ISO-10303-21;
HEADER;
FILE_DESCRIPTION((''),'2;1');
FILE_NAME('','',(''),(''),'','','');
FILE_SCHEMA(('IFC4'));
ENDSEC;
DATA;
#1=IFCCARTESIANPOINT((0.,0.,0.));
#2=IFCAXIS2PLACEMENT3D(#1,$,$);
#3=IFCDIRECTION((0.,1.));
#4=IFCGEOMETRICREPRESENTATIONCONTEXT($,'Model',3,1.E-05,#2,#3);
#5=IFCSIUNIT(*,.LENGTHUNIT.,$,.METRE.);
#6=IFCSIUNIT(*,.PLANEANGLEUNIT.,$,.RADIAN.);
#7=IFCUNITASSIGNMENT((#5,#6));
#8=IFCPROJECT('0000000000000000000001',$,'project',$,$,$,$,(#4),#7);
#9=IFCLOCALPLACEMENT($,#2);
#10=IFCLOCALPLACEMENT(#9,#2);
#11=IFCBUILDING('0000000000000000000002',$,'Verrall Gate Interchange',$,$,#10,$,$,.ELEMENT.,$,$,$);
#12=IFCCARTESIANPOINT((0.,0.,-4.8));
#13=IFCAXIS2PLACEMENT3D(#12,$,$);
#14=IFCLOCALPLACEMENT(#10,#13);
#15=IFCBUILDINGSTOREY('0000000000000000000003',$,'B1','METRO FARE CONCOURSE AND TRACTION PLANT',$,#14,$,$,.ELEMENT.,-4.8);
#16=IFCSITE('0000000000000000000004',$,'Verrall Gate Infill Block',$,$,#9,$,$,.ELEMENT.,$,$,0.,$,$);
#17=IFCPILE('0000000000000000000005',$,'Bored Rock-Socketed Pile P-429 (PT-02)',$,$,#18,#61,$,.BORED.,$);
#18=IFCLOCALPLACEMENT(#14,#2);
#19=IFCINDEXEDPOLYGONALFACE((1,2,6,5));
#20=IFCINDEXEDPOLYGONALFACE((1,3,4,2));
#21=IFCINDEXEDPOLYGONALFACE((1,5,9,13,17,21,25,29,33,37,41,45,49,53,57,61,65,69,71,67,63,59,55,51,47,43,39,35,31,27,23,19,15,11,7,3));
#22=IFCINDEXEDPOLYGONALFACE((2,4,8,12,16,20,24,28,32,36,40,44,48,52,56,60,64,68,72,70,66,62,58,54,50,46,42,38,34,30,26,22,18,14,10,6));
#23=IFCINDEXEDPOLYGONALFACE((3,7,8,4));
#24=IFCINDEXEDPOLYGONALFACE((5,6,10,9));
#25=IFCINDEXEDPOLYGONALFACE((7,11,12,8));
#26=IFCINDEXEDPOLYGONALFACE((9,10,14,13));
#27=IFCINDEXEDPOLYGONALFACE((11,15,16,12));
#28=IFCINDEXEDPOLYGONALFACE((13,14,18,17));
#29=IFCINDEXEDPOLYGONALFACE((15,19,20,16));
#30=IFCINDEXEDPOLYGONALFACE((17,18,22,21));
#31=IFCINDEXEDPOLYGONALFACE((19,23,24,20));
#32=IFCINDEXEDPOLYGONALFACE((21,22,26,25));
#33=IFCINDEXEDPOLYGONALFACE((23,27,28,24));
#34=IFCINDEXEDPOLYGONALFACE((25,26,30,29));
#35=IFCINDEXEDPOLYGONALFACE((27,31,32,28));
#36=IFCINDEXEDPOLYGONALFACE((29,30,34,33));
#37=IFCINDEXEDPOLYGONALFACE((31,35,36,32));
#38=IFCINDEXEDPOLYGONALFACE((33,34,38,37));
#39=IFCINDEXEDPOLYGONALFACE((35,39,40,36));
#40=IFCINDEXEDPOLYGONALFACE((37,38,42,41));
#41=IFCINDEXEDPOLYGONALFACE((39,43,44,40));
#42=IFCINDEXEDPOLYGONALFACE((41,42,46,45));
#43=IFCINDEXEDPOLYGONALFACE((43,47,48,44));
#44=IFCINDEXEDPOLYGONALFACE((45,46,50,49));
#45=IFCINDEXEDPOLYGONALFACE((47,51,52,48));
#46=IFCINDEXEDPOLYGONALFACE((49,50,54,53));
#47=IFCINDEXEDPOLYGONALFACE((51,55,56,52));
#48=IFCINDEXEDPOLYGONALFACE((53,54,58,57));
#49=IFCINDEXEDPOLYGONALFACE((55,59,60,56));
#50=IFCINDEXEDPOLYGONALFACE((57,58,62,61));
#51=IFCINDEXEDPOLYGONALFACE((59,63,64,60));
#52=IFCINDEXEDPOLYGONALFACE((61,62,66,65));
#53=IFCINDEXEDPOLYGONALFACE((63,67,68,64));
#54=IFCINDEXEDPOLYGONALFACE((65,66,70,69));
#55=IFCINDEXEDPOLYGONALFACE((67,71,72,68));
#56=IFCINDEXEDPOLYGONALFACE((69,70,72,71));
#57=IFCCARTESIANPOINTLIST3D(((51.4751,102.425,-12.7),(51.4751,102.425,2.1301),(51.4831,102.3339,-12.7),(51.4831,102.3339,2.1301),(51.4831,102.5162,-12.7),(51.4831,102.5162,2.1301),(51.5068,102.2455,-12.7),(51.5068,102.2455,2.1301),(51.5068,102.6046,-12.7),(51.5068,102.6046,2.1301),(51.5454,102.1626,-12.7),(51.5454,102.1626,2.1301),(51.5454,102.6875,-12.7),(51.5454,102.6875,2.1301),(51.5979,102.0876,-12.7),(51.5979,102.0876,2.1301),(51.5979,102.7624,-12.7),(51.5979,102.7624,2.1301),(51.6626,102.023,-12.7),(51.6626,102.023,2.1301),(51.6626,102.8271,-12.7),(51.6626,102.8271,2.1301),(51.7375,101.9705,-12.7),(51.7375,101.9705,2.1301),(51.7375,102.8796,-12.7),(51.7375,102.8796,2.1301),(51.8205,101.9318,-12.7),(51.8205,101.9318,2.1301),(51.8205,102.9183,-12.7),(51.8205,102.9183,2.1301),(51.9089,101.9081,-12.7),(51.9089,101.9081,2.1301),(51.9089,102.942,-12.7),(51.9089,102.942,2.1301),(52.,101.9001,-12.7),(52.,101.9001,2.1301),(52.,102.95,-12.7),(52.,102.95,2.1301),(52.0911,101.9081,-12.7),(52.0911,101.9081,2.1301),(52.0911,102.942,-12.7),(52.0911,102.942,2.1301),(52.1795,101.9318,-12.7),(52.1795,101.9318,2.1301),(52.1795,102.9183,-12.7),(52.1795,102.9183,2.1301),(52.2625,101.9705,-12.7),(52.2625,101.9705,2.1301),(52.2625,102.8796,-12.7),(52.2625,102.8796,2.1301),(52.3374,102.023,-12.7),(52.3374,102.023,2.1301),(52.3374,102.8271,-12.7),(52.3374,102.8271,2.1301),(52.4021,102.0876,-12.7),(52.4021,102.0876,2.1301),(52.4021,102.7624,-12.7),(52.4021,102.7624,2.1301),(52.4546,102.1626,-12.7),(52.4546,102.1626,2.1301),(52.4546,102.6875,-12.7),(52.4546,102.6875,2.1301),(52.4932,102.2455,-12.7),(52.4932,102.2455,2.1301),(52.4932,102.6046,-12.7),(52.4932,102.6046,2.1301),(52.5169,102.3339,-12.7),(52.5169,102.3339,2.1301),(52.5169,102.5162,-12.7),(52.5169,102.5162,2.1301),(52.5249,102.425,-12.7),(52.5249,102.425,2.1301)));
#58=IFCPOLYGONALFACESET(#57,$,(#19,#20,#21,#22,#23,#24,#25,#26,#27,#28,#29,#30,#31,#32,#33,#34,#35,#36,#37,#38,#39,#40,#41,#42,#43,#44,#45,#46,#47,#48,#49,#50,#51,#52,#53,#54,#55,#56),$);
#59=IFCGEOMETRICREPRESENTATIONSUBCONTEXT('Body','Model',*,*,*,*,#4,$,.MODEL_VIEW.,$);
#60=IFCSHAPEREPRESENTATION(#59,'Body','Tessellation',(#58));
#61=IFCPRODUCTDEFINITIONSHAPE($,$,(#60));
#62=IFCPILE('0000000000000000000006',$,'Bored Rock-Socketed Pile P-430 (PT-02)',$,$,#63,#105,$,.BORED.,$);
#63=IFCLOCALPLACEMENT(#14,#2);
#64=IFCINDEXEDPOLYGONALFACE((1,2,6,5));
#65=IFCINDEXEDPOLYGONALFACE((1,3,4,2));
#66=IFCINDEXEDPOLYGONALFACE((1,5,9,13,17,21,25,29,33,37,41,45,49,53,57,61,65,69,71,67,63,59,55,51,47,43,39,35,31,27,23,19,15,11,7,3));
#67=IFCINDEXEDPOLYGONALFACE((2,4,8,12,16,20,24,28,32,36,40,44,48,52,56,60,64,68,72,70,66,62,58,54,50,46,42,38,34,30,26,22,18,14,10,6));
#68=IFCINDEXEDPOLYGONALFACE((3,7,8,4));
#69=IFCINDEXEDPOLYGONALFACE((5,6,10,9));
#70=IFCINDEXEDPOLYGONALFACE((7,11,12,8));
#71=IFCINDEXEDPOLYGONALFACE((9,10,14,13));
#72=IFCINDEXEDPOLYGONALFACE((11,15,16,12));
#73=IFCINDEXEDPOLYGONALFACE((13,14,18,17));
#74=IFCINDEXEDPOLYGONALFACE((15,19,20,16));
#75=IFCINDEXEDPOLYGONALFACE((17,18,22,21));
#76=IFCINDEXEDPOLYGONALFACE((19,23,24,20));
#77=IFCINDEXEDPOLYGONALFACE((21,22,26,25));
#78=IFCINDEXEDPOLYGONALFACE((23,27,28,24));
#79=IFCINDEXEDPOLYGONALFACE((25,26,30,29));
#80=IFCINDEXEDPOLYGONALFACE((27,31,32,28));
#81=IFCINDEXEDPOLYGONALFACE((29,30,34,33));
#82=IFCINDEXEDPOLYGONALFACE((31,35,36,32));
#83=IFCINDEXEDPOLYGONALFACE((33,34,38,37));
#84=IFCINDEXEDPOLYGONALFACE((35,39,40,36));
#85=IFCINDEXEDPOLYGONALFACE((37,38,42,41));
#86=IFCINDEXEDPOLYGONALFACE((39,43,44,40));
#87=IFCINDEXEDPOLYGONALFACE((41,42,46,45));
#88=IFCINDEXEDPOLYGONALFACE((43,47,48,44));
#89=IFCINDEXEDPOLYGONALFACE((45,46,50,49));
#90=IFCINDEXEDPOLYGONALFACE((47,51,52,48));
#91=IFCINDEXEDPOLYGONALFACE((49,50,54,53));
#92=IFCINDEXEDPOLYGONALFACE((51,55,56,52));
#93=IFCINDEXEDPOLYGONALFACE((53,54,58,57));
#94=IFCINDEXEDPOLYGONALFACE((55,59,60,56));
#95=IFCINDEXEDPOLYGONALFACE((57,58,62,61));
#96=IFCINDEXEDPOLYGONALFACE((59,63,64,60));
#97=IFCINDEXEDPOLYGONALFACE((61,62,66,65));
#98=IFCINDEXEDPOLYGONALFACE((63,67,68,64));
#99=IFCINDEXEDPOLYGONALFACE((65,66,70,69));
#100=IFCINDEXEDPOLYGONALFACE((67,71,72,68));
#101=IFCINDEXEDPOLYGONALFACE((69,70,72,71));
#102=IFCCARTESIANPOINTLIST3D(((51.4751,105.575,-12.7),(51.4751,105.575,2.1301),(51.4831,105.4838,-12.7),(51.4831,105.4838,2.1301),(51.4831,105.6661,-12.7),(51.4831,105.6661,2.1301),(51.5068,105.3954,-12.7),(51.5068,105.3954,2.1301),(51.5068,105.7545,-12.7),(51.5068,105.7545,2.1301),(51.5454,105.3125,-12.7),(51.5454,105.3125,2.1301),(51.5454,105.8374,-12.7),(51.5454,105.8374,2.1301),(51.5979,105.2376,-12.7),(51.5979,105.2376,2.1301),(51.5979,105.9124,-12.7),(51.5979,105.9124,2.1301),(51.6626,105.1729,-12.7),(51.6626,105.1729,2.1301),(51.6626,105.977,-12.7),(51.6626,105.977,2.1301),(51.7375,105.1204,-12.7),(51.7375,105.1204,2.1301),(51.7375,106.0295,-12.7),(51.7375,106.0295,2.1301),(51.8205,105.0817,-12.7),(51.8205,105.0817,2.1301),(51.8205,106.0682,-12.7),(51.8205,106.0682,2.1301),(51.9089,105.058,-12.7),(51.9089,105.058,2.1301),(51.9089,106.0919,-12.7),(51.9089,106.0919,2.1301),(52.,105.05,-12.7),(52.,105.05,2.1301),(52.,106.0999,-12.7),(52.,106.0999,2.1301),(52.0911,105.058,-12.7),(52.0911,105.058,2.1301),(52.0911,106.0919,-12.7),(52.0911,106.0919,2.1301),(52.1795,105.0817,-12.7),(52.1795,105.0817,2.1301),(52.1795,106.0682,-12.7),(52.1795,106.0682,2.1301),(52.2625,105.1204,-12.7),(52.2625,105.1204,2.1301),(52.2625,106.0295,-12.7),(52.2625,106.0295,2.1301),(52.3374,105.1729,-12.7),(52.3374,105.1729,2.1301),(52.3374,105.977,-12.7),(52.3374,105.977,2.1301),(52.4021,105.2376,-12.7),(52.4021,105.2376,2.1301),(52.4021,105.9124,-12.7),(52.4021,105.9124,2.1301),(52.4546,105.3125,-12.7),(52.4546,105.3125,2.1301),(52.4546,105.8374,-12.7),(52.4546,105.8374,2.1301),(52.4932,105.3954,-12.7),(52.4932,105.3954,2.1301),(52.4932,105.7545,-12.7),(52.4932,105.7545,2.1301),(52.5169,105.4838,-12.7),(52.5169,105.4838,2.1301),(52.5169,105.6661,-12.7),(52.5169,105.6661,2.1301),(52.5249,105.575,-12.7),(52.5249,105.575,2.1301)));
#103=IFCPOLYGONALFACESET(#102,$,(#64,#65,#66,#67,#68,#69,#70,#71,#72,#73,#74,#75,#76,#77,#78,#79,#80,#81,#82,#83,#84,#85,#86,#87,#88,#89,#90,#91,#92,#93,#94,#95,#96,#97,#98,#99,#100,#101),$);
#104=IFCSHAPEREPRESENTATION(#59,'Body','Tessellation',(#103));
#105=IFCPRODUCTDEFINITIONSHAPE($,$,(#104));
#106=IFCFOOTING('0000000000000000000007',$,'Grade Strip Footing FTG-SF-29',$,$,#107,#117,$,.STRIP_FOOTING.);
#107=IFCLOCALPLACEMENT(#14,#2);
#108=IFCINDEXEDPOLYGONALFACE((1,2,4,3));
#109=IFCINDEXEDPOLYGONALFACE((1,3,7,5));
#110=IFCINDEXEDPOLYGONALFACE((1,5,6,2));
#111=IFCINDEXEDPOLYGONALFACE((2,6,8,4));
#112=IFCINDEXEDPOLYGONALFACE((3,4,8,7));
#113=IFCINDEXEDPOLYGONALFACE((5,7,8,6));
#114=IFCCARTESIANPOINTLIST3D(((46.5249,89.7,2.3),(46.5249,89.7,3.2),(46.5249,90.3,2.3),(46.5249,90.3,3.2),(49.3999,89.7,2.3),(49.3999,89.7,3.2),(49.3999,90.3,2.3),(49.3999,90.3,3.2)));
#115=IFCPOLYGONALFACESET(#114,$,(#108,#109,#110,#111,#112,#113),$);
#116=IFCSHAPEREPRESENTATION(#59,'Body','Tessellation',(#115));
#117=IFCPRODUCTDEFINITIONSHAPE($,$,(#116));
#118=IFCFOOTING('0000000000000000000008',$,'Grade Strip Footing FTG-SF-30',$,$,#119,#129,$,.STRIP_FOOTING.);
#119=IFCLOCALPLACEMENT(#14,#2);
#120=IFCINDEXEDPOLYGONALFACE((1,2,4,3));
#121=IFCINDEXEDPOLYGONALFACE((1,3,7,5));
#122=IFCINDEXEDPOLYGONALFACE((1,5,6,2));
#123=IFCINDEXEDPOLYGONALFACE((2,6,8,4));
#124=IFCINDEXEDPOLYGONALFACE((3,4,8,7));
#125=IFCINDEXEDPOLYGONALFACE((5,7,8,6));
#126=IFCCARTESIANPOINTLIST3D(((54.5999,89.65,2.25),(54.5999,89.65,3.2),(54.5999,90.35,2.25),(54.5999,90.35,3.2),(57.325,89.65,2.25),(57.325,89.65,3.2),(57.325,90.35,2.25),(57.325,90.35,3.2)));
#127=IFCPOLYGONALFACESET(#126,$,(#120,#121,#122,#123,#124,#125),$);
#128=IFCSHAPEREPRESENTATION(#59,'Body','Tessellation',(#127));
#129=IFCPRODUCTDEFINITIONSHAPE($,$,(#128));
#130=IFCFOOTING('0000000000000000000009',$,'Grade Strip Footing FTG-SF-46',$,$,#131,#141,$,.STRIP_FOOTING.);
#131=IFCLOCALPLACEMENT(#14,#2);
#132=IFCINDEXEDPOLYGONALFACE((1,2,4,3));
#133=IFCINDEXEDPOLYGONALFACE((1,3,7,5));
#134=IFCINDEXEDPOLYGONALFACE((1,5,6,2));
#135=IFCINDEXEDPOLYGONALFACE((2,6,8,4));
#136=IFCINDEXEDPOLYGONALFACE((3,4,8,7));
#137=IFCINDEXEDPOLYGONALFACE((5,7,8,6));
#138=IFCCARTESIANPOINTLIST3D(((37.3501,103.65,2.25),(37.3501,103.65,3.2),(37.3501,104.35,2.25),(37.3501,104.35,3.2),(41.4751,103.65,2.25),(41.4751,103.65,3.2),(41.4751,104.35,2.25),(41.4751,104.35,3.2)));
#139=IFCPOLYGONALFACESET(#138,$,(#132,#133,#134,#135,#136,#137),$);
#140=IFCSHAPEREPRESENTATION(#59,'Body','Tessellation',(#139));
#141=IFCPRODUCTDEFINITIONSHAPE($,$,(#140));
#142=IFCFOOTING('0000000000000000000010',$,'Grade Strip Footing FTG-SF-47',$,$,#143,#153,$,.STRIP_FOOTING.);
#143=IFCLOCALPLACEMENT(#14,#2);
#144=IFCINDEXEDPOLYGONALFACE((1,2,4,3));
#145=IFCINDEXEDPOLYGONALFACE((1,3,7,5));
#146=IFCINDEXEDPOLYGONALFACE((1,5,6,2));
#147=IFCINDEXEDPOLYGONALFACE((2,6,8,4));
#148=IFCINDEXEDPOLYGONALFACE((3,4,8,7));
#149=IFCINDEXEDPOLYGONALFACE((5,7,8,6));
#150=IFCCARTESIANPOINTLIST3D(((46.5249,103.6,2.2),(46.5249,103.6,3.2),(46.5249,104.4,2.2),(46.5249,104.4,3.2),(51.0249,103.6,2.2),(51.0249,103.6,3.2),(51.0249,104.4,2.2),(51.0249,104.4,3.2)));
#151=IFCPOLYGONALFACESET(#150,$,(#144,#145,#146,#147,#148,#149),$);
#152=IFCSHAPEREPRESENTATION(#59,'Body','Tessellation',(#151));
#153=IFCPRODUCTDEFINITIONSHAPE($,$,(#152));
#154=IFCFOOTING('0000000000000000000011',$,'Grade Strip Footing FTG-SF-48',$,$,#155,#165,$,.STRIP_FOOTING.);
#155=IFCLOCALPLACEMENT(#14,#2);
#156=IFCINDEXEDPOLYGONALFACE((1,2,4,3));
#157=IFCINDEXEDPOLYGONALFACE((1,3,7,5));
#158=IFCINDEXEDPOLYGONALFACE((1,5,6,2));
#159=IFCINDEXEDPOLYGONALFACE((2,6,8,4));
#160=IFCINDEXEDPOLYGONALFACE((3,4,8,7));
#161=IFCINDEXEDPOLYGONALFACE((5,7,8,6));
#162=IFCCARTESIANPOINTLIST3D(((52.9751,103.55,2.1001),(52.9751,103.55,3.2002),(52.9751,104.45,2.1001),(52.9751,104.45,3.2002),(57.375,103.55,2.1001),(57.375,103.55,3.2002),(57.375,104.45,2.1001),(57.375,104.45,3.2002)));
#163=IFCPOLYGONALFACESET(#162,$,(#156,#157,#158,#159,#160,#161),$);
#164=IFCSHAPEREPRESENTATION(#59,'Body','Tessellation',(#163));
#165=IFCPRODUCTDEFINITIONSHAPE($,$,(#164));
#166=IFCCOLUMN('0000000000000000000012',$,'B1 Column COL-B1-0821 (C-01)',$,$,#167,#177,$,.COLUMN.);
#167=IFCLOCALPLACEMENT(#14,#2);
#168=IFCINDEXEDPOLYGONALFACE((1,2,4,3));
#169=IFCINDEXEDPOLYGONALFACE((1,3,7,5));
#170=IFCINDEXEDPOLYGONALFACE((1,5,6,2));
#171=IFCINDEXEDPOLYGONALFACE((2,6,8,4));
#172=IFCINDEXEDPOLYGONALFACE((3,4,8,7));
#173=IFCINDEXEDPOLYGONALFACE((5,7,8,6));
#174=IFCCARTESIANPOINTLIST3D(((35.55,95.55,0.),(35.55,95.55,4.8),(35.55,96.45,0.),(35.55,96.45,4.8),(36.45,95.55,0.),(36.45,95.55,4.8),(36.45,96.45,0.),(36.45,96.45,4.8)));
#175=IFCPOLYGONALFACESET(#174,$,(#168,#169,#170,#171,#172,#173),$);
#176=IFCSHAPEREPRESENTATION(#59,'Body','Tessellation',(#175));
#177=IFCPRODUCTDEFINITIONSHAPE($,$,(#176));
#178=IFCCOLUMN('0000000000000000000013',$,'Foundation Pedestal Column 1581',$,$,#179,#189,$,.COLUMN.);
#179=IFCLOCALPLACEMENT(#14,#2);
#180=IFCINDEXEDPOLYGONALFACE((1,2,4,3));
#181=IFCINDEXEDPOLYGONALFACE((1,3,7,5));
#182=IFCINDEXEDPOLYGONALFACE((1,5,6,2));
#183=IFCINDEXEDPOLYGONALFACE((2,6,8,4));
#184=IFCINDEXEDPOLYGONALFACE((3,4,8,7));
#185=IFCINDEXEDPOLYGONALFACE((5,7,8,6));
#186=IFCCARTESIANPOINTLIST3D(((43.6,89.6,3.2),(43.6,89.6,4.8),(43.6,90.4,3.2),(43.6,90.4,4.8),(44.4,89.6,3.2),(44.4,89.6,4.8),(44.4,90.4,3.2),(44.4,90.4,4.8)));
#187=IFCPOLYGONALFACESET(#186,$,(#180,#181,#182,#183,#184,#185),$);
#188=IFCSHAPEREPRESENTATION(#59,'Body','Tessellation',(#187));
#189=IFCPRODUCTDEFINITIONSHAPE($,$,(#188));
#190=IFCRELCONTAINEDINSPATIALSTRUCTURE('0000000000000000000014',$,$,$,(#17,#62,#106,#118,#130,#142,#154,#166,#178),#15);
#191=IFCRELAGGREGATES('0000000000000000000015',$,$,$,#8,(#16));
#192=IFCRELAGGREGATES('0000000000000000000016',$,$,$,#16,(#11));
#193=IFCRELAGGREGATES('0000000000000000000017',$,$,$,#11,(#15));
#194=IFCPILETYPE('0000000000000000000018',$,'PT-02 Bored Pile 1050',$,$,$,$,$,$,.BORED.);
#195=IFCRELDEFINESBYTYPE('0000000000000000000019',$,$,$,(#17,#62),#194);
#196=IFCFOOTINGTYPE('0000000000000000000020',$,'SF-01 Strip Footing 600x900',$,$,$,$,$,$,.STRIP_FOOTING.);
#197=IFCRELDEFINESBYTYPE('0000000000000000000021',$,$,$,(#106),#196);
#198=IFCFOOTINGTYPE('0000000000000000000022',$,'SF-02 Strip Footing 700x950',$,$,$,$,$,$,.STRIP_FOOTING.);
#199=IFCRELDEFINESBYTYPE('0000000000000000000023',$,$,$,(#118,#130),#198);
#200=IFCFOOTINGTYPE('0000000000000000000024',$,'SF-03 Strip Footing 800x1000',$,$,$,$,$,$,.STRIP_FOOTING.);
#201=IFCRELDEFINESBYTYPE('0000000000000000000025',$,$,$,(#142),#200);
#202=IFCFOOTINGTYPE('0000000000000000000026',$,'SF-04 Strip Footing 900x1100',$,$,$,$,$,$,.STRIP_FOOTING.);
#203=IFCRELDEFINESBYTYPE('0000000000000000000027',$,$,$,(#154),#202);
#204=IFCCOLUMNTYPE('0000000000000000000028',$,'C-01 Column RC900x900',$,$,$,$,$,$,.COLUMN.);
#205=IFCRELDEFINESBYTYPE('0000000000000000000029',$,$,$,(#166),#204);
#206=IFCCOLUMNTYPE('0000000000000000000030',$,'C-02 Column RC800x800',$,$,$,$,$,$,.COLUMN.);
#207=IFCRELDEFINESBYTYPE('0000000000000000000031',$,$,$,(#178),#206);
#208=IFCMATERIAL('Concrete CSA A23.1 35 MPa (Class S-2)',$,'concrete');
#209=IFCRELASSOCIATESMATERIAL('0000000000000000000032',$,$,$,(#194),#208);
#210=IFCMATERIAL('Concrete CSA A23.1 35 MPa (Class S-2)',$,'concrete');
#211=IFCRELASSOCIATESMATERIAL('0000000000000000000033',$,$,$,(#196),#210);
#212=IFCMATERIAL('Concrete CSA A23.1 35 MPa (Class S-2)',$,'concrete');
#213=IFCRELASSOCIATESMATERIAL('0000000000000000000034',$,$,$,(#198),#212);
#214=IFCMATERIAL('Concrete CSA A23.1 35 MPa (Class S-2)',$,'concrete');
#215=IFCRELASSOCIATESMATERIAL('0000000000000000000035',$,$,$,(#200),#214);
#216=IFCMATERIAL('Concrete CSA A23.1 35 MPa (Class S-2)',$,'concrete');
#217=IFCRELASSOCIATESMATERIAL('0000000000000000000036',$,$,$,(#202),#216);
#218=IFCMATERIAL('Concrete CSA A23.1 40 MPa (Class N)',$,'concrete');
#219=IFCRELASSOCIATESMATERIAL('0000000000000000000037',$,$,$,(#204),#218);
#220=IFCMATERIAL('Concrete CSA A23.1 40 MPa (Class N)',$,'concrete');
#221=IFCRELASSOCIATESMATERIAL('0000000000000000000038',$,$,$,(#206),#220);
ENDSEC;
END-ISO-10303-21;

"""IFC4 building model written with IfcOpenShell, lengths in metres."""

from ifc_helpers import new_model, si_unit, direction, frame, origin, origin_2d, place, context, subcontext, project, spatial, rectangle, circle, extrude, material, material_profile, profile_set, type_object, element, save


model = new_model("IFC4")

# Units and contexts
model_context = context("Model", 3, precision=1e-05, world=origin(), true_north=direction((0.0, 1.0)))
body_context = subcontext(model_context, "Body", "Model", "MODEL_VIEW")
ifc_project = project(units=[si_unit("LENGTHUNIT", "METRE"), si_unit("PLANEANGLEUNIT", "RADIAN")], contexts=[model_context])

# Site, building, storey
site_placement = place(None, origin())
site = spatial("IfcSite", under=ifc_project, at=site_placement, Name="Verrall Gate Infill Block", CompositionType="ELEMENT", RefElevation=0.0)
building_placement = place(site_placement, origin())
building = spatial("IfcBuilding", under=site, at=building_placement, Name="Verrall Gate Interchange", CompositionType="ELEMENT")
storey_placement = place(building_placement, frame((0.0, 0.0, -4.8)))
storey = spatial("IfcBuildingStorey", under=building, at=storey_placement, Name="B1", Description="METRO FARE CONCOURSE AND TRACTION PLANT", CompositionType="ELEMENT", Elevation=-4.8)

# Piles
ifc_material_1 = material(Name="Concrete CSA A23.1 35 MPa (Class S-2)", Category="concrete")
ifc_material_profile_1 = material_profile(ifc_material_1, circle(Radius=0.5249, at=origin_2d()), Name="PILE1050D")
ifc_profile_set_1 = profile_set([ifc_material_profile_1], Name="Concrete CSA A23.1 35 MPa (Class S-2)")
pile_type = type_object("IfcPileType", Name="PT-02 Bored Pile 1050", PredefinedType="BORED", material=ifc_profile_set_1)
for number, where, z_axis, x_axis, name in (
    (1, (52.0, 102.425, 2.1301), (0.0, 0.0, -1.0), (1.0, 0.0, 0.0), "Bored Rock-Socketed Pile P-429 (PT-02)"),
    (2, (52.0, 105.575, 2.1301), (0.0, 0.0, -1.0), (1.0, 0.0, 0.0), "Bored Rock-Socketed Pile P-430 (PT-02)"),
):
    element("IfcPile", number, at=place(storey_placement, frame(where, z_axis=z_axis, x_axis=x_axis)), inside=storey, type_object=pile_type, Name=name, PredefinedType="BORED", context=body_context, shape_type="SweptSolid", body=[
        extrude(circle(Radius=0.5249, at=origin_2d()), origin(), (0.0, 0.0, 1.0), 14.8301),
    ])

# Footings
ifc_material_2 = material(Name="Concrete CSA A23.1 35 MPa (Class S-2)", Category="concrete")
footing_type_1 = type_object("IfcFootingType", Name="SF-01 Strip Footing 600x900", PredefinedType="STRIP_FOOTING", material=ifc_material_2)
footing_1_placement = place(storey_placement, frame((47.9624, 90.0, 2.3), z_axis=(0.0, 0.0, 1.0), x_axis=(1.0, 0.0, 0.0)))
element("IfcFooting", 3, at=footing_1_placement, inside=storey, type_object=footing_type_1, Name="Grade Strip Footing FTG-SF-29", PredefinedType="STRIP_FOOTING", context=body_context, shape_type="SweptSolid", body=[
    extrude(rectangle(XDim=2.875, YDim=0.6001, at=origin_2d()), origin(), (0.0, 0.0, 1.0), 0.8999),
])
ifc_material_3 = material(Name="Concrete CSA A23.1 35 MPa (Class S-2)", Category="concrete")
footing_type_2 = type_object("IfcFootingType", Name="SF-02 Strip Footing 700x950", PredefinedType="STRIP_FOOTING", material=ifc_material_3)
footing_2_placement = place(storey_placement, frame((55.9624, 90.0, 2.25), z_axis=(0.0, 0.0, 1.0), x_axis=(1.0, 0.0, 0.0)))
element("IfcFooting", 4, at=footing_2_placement, inside=storey, type_object=footing_type_2, Name="Grade Strip Footing FTG-SF-30", PredefinedType="STRIP_FOOTING", context=body_context, shape_type="SweptSolid", body=[
    extrude(rectangle(XDim=2.7251, YDim=0.7, at=origin_2d()), origin(), (0.0, 0.0, 1.0), 0.95),
])
footing_3_placement = place(storey_placement, frame((39.4126, 104.0, 2.25), z_axis=(0.0, 0.0, 1.0), x_axis=(1.0, 0.0, 0.0)))
element("IfcFooting", 5, at=footing_3_placement, inside=storey, type_object=footing_type_2, Name="Grade Strip Footing FTG-SF-46", PredefinedType="STRIP_FOOTING", context=body_context, shape_type="SweptSolid", body=[
    extrude(rectangle(XDim=4.125, YDim=0.7, at=origin_2d()), origin(), (0.0, 0.0, 1.0), 0.95),
])
ifc_material_4 = material(Name="Concrete CSA A23.1 35 MPa (Class S-2)", Category="concrete")
footing_type_3 = type_object("IfcFootingType", Name="SF-03 Strip Footing 800x1000", PredefinedType="STRIP_FOOTING", material=ifc_material_4)
footing_4_placement = place(storey_placement, frame((48.7749, 104.0, 2.2), z_axis=(0.0, 0.0, 1.0), x_axis=(1.0, 0.0, 0.0)))
element("IfcFooting", 6, at=footing_4_placement, inside=storey, type_object=footing_type_3, Name="Grade Strip Footing FTG-SF-47", PredefinedType="STRIP_FOOTING", context=body_context, shape_type="SweptSolid", body=[
    extrude(rectangle(XDim=4.5, YDim=0.8, at=origin_2d()), origin(), (0.0, 0.0, 1.0), 1.0),
])
ifc_material_5 = material(Name="Concrete CSA A23.1 35 MPa (Class S-2)", Category="concrete")
footing_type_4 = type_object("IfcFootingType", Name="SF-04 Strip Footing 900x1100", PredefinedType="STRIP_FOOTING", material=ifc_material_5)
footing_5_placement = place(storey_placement, frame((55.175, 104.0, 2.1001), z_axis=(0.0, 0.0, 1.0), x_axis=(1.0, 0.0, 0.0)))
element("IfcFooting", 7, at=footing_5_placement, inside=storey, type_object=footing_type_4, Name="Grade Strip Footing FTG-SF-48", PredefinedType="STRIP_FOOTING", context=body_context, shape_type="SweptSolid", body=[
    extrude(rectangle(XDim=4.3999, YDim=0.8999, at=origin_2d()), origin(), (0.0, 0.0, 1.0), 1.1001),
])

# Columns
ifc_material_6 = material(Name="Concrete CSA A23.1 40 MPa (Class N)", Category="concrete")
ifc_material_profile_2 = material_profile(ifc_material_6, rectangle(XDim=0.8999, YDim=0.8999, at=origin_2d()), Name="RC900x900")
ifc_profile_set_2 = profile_set([ifc_material_profile_2], Name="Concrete CSA A23.1 40 MPa (Class N)")
column_type_1 = type_object("IfcColumnType", Name="C-01 Column RC900x900", PredefinedType="COLUMN", material=ifc_profile_set_2)
column_placement = place(storey_placement, frame((36.0, 96.0, 0.0), z_axis=(0.0, 0.0, 1.0), x_axis=(1.0, 0.0, 0.0)))
element("IfcColumn", 8, at=column_placement, inside=storey, type_object=column_type_1, Name="B1 Column COL-B1-0821 (C-01)", PredefinedType="COLUMN", context=body_context, shape_type="SweptSolid", body=[
    extrude(rectangle(XDim=0.8999, YDim=0.8999, at=origin_2d()), origin(), (0.0, 0.0, 1.0), 4.8),
])
ifc_material_7 = material(Name="Concrete CSA A23.1 40 MPa (Class N)", Category="concrete")
ifc_material_profile_3 = material_profile(ifc_material_7, rectangle(XDim=0.8, YDim=0.8, at=origin_2d()), Name="RC800x800")
ifc_profile_set_3 = profile_set([ifc_material_profile_3], Name="Concrete CSA A23.1 40 MPa (Class N)")
column_type_2 = type_object("IfcColumnType", Name="C-02 Column RC800x800", PredefinedType="COLUMN", material=ifc_profile_set_3)
for number, where, z_axis, x_axis, name in (
    (9, (44.0, 90.0, 3.2), (0.0, 0.0, 1.0), (1.0, 0.0, 0.0), "Foundation Pedestal Column 1581"),
):
    element("IfcColumn", number, at=place(storey_placement, frame(where, z_axis=z_axis, x_axis=x_axis)), inside=storey, type_object=column_type_2, Name=name, PredefinedType="COLUMN", context=body_context, shape_type="SweptSolid", body=[
        extrude(rectangle(XDim=0.8, YDim=0.8, at=origin_2d()), origin(), (0.0, 0.0, 1.0), 1.6001),
    ])

save(model, "model.ifc")
